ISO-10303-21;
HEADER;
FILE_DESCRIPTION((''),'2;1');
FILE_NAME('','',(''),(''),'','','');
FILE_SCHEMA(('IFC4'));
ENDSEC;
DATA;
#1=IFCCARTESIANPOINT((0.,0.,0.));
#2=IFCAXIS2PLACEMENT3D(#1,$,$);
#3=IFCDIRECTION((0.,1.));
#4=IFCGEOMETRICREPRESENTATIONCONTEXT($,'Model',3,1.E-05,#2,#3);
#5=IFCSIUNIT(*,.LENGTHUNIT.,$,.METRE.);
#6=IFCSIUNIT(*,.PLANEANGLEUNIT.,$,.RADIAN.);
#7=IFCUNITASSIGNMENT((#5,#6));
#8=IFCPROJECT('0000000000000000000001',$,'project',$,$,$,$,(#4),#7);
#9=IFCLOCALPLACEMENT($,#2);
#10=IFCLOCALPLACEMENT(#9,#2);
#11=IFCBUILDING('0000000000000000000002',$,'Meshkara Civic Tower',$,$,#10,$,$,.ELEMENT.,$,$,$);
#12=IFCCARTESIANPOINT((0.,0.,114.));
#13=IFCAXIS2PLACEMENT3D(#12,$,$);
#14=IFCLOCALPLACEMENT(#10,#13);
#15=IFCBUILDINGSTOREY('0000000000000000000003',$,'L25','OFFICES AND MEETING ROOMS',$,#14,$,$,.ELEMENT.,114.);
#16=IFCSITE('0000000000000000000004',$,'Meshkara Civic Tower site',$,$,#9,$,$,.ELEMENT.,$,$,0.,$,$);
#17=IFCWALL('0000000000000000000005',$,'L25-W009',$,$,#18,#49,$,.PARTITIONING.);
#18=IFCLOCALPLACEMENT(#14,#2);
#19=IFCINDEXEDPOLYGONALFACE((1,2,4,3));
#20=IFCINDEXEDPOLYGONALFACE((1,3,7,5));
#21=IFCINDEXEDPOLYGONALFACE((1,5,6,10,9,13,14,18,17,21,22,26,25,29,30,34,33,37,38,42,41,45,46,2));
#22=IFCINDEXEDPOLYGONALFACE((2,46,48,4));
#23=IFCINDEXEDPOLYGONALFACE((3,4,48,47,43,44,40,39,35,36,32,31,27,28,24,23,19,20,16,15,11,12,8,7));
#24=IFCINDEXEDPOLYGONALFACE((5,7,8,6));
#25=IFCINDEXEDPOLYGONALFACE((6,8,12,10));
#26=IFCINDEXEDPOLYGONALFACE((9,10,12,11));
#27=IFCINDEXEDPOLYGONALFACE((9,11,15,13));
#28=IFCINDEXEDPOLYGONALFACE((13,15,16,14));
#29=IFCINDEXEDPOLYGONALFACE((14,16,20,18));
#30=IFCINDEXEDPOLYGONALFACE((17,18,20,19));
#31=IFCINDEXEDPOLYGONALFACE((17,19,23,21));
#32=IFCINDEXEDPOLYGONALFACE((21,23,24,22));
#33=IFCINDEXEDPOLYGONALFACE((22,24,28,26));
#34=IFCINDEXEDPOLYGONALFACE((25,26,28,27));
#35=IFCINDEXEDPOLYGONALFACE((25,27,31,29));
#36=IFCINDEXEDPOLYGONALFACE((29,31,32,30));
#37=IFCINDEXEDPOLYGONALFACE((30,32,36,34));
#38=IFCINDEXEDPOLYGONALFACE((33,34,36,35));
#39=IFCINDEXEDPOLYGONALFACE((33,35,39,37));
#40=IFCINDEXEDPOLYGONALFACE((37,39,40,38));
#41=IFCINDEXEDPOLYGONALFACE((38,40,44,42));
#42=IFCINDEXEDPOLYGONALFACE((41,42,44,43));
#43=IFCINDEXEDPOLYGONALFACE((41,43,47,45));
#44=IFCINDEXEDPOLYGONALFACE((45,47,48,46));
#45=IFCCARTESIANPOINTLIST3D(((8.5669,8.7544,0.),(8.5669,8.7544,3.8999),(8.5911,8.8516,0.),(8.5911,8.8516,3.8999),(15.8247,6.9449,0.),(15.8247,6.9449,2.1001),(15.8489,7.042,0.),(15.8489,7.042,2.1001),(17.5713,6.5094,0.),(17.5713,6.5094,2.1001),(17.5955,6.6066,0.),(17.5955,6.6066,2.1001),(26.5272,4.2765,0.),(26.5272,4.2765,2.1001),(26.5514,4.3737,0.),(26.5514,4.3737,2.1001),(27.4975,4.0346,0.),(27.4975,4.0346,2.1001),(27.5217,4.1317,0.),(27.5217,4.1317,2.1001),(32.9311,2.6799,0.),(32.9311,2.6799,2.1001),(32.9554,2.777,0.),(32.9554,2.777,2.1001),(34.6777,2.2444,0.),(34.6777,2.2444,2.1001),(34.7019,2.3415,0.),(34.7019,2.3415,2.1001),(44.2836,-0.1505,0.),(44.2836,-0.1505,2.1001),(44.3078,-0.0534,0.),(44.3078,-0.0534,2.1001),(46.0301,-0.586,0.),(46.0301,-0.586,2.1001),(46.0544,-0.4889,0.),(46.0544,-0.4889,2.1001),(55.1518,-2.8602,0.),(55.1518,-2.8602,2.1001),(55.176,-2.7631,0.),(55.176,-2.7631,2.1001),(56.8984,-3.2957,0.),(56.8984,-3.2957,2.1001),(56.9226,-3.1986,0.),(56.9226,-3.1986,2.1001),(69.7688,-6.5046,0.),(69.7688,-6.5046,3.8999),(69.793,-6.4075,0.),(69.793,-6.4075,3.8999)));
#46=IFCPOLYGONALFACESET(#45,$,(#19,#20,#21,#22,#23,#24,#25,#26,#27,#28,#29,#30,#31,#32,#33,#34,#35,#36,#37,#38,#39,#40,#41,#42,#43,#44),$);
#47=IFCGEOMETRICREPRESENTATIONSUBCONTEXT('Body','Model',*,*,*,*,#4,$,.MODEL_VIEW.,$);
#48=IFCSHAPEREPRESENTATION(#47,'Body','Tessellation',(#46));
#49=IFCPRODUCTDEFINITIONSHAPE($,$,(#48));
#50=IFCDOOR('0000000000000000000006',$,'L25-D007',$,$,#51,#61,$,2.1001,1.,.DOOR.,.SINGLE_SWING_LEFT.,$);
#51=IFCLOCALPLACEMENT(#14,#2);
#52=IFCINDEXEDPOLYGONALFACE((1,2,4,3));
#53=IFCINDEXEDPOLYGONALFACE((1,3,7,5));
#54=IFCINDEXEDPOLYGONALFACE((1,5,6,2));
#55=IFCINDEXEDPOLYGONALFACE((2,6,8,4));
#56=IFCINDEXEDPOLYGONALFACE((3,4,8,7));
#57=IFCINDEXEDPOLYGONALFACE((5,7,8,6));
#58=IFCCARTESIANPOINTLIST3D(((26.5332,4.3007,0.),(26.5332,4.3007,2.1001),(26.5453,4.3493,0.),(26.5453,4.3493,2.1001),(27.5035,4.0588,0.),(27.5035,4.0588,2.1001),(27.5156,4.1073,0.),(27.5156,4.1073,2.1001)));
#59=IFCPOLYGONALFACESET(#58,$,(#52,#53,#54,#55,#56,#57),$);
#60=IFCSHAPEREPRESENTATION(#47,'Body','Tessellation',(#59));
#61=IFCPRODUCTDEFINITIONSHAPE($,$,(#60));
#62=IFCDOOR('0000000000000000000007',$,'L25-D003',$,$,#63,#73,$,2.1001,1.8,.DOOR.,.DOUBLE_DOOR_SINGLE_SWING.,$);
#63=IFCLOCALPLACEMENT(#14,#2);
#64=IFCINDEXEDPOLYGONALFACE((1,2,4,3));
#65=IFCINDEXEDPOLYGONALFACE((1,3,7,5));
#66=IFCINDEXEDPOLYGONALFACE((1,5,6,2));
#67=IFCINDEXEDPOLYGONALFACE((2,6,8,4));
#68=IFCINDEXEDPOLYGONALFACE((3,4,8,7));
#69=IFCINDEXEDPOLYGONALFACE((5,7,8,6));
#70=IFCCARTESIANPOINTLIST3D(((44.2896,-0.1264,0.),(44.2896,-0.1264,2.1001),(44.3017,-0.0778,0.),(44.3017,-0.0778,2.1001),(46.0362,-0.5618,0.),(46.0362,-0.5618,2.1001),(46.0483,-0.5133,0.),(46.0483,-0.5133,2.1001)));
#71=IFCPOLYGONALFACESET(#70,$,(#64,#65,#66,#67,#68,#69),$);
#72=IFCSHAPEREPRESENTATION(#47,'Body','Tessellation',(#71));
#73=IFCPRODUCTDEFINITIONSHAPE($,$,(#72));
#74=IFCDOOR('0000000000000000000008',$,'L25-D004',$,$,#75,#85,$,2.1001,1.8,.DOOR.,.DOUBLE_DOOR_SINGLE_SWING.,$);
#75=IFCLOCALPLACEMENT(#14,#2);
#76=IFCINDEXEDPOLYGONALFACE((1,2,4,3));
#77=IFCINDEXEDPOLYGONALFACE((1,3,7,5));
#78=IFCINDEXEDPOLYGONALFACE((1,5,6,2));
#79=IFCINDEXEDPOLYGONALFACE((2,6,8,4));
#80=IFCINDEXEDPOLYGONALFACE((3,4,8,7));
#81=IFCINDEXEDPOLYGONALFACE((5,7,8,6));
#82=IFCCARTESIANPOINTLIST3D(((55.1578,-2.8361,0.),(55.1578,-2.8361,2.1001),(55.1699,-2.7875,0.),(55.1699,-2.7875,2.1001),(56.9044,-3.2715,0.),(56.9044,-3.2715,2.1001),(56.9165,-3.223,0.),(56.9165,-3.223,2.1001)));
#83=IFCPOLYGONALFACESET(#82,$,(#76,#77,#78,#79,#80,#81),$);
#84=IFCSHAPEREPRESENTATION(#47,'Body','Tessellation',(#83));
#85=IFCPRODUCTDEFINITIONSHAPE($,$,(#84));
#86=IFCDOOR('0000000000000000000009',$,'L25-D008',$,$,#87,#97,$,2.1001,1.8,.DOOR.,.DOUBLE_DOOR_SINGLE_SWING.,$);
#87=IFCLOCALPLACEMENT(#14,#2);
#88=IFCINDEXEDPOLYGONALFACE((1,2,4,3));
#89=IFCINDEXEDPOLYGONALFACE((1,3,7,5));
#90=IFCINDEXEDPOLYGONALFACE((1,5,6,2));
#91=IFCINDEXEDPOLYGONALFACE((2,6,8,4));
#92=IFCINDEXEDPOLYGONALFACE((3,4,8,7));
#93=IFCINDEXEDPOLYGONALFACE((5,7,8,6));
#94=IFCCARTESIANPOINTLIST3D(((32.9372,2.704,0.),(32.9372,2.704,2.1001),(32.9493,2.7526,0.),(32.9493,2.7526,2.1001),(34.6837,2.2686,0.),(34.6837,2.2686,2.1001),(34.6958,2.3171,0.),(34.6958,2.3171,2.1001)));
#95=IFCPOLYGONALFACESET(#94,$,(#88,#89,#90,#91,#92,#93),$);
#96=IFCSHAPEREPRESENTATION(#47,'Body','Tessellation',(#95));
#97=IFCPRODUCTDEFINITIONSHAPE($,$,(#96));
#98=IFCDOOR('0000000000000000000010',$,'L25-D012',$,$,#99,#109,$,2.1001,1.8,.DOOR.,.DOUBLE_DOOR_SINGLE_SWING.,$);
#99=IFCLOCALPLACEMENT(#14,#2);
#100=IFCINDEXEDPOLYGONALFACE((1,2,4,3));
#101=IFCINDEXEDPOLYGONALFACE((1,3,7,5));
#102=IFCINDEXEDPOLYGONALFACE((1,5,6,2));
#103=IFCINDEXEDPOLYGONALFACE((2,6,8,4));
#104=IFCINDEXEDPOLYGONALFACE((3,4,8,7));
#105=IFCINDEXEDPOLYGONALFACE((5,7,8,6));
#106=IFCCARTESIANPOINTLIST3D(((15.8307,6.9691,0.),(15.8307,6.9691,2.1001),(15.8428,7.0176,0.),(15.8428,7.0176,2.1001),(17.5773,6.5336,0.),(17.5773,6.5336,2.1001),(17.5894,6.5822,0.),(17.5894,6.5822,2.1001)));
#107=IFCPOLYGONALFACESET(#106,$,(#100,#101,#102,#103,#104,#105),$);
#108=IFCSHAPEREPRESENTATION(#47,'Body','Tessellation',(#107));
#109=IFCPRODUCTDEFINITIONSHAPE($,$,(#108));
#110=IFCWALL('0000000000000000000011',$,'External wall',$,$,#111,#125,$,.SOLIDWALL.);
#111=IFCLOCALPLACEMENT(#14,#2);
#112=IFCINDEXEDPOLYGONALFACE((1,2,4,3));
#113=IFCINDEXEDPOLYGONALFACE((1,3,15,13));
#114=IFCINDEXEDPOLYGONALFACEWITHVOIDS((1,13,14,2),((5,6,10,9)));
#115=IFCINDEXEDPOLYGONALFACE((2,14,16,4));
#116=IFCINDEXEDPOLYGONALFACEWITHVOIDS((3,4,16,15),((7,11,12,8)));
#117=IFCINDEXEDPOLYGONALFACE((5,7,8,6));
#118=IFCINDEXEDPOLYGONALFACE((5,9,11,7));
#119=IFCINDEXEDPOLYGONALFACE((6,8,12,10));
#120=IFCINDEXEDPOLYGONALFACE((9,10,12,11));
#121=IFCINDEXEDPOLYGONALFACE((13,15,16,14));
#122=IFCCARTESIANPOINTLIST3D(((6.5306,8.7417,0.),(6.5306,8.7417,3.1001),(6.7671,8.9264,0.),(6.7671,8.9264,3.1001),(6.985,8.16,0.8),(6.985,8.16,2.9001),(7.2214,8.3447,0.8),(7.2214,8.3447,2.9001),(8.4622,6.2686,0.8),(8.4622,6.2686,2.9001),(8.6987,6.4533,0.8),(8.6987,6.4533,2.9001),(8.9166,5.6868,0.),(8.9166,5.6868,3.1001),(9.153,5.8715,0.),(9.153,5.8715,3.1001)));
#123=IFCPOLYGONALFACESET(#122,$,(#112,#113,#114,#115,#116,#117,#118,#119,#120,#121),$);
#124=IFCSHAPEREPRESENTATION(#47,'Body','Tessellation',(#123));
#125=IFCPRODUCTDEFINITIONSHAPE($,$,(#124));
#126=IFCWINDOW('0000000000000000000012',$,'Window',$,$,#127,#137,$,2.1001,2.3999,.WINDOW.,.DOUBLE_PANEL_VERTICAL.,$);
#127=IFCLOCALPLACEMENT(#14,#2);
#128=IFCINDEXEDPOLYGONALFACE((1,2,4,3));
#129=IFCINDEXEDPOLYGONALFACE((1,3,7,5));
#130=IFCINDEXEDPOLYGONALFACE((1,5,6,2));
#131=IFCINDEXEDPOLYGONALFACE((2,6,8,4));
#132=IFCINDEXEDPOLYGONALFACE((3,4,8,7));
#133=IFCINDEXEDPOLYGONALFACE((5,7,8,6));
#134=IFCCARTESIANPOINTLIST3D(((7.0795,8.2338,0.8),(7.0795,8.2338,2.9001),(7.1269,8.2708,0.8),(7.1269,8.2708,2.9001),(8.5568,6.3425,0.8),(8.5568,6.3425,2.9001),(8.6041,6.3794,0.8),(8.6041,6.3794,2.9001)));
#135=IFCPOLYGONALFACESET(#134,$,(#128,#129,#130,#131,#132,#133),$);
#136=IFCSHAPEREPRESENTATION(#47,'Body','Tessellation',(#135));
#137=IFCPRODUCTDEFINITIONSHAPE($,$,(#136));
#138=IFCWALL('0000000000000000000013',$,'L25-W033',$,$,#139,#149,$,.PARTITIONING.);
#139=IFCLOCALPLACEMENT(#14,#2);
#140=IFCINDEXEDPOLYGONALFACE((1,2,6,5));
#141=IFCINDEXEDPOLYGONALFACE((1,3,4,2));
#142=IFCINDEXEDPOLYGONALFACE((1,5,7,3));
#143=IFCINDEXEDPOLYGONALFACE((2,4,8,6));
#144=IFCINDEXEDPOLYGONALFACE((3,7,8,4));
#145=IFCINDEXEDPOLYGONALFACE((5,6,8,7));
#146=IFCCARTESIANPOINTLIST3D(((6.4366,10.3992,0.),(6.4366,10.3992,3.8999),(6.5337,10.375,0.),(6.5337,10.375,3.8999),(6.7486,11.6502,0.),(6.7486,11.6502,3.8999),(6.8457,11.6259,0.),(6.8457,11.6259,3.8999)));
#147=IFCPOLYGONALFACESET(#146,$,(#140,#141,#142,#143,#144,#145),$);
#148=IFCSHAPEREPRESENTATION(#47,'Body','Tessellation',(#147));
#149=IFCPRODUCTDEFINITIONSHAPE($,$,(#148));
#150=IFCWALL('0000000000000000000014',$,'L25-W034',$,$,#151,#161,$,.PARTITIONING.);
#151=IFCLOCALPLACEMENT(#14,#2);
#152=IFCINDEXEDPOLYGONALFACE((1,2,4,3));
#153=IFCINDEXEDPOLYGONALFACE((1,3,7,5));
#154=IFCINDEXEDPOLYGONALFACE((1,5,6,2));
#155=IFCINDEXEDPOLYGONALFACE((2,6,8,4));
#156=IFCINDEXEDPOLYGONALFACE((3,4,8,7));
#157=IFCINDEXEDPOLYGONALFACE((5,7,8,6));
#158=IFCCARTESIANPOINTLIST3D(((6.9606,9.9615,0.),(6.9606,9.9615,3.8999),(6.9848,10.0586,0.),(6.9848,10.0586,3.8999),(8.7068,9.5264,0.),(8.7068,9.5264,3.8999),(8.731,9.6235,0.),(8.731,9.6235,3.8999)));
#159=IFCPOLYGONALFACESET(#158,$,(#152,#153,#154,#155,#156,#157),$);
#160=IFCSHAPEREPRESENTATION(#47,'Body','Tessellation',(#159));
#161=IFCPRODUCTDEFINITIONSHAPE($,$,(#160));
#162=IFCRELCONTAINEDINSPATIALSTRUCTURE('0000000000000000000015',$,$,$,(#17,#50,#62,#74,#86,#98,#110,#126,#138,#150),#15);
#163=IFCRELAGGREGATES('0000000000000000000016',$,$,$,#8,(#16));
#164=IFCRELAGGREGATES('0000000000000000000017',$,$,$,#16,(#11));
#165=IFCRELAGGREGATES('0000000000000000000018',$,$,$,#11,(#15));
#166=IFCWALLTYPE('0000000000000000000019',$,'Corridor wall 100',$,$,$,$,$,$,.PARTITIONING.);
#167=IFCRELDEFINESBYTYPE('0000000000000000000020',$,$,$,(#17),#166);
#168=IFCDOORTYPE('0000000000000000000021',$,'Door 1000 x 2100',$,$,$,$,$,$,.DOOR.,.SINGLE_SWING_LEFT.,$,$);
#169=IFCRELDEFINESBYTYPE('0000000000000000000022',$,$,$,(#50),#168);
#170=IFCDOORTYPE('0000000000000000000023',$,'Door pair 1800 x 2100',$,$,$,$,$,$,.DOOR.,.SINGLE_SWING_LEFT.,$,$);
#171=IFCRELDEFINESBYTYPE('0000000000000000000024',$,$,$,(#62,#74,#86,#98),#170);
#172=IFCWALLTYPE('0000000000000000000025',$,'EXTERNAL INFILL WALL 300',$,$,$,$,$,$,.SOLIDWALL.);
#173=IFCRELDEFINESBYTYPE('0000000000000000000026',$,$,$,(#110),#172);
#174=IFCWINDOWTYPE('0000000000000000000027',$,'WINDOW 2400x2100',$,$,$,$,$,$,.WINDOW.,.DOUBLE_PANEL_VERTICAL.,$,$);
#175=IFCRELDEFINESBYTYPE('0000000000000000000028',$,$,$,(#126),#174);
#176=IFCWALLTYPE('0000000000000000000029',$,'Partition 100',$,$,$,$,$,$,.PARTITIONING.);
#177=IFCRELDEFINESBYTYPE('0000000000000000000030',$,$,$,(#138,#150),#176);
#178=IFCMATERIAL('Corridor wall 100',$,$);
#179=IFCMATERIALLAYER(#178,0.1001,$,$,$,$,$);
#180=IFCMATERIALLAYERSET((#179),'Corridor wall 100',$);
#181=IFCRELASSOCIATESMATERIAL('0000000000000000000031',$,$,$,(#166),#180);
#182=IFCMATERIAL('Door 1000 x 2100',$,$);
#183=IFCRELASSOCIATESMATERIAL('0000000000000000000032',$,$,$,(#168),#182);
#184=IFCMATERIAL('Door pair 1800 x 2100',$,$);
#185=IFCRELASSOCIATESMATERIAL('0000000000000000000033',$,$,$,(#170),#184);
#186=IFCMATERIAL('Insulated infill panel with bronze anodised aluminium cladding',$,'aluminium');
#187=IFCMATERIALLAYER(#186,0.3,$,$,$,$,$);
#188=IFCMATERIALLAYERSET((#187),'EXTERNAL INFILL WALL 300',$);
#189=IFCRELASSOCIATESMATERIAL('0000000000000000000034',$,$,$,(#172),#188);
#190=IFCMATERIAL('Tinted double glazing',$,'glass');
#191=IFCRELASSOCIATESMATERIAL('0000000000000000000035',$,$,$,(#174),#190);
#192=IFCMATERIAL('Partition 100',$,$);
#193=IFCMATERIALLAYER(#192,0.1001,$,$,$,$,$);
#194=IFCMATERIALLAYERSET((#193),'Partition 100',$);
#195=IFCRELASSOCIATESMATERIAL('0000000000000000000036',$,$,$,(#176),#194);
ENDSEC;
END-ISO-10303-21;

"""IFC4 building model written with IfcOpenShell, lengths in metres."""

from ifc_helpers import new_model, si_unit, direction, frame, frame_2d, origin, place, context, subcontext, project, spatial, rectangle, extrude, material, layer, layer_set, type_object, element, fill, save


model = new_model("IFC4")

# Units and contexts
model_context = context("Model", 3, precision=1e-05, world=origin(), true_north=direction((0.0, 1.0)))
body_context = subcontext(model_context, "Body", "Model", "MODEL_VIEW")
ifc_project = project(units=[si_unit("LENGTHUNIT", "METRE"), si_unit("PLANEANGLEUNIT", "RADIAN")], contexts=[model_context])

# Site, building, storey
site_placement = place(None, origin())
site = spatial("IfcSite", under=ifc_project, at=site_placement, Name="Meshkara Civic Tower site", CompositionType="ELEMENT", RefElevation=0.0)
building_placement = place(site_placement, origin())
building = spatial("IfcBuilding", under=site, at=building_placement, Name="Meshkara Civic Tower", CompositionType="ELEMENT")
storey_placement = place(building_placement, frame((0.0, 0.0, 114.0)))
storey = spatial("IfcBuildingStorey", under=building, at=storey_placement, Name="L25", Description="OFFICES AND MEETING ROOMS", CompositionType="ELEMENT", Elevation=114.0)

# Shared definitions
ifc_material_1 = material(Name="Corridor wall 100")
ifc_layer_1 = layer(ifc_material_1, 0.1001)
ifc_layer_set_1 = layer_set([ifc_layer_1], Name="Corridor wall 100")
wall_type_1 = type_object("IfcWallType", Name="Corridor wall 100", PredefinedType="PARTITIONING", material=ifc_layer_set_1)

# Shared definitions
ifc_material_2 = material(Name="Door 1000 x 2100")
door_type_1 = type_object("IfcDoorType", Name="Door 1000 x 2100", OperationType="SINGLE_SWING_LEFT", PredefinedType="DOOR", material=ifc_material_2)

# Wall, openings, doors
wall_1_placement = place(storey_placement, frame((8.5791, 8.803, 0.0), z_axis=(0.0, 0.0, 1.0), x_axis=(0.970297, -0.241917, 0.0)))
wall_1 = element("IfcWall", 1, at=wall_1_placement, inside=storey, type_object=wall_type_1, Name="L25-W009", PredefinedType="PARTITIONING", context=body_context, shape_type="SweptSolid", body=[
    extrude(rectangle(XDim=63.0754, YDim=0.1001, at=frame_2d((31.5376, 0.0))), origin(), (0.0, 0.0, 1.0), 3.8999),
])
opening_1_placement = place(wall_1_placement, frame((36.8101, 0.0, 0.0)))
opening_1 = element("IfcOpeningElement", 2, at=opening_1_placement, cuts=wall_1, PredefinedType="OPENING", context=body_context, shape_type="SweptSolid", body=[
    extrude(rectangle(XDim=1.8, YDim=2.1001, at=frame_2d((0.8999, 1.05))), frame((0.0, 0.0601, 0.0), z_axis=(0.0, -1.0, 0.0), x_axis=(1.0, 0.0, 0.0)), (0.0, 0.0, 1.0), 0.1201),
])
opening_2_placement = place(wall_1_placement, frame((48.011, 0.0, 0.0)))
opening_2 = element("IfcOpeningElement", 3, at=opening_2_placement, cuts=wall_1, PredefinedType="OPENING", context=body_context, shape_type="SweptSolid", body=[
    extrude(rectangle(XDim=1.8, YDim=2.1001, at=frame_2d((0.8999, 1.05))), frame((0.0, 0.0601, 0.0), z_axis=(0.0, -1.0, 0.0), x_axis=(1.0, 0.0, 0.0)), (0.0, 0.0, 1.0), 0.1201),
])
opening_3_placement = place(wall_1_placement, frame((18.51, 0.0, 0.0)))
opening_3 = element("IfcOpeningElement", 4, at=opening_3_placement, cuts=wall_1, PredefinedType="OPENING", context=body_context, shape_type="SweptSolid", body=[
    extrude(rectangle(XDim=1.0, YDim=2.1001, at=frame_2d((0.5, 1.05))), frame((0.0, 0.0601, 0.0), z_axis=(0.0, -1.0, 0.0), x_axis=(1.0, 0.0, 0.0)), (0.0, 0.0, 1.0), 0.1201),
])
opening_4_placement = place(wall_1_placement, frame((25.1101, 0.0, 0.0)))
opening_4 = element("IfcOpeningElement", 5, at=opening_4_placement, cuts=wall_1, PredefinedType="OPENING", context=body_context, shape_type="SweptSolid", body=[
    extrude(rectangle(XDim=1.8, YDim=2.1001, at=frame_2d((0.8999, 1.05))), frame((0.0, 0.0601, 0.0), z_axis=(0.0, -1.0, 0.0), x_axis=(1.0, 0.0, 0.0)), (0.0, 0.0, 1.0), 0.1201),
])
opening_5_placement = place(wall_1_placement, frame((7.48, 0.0, 0.0)))
opening_5 = element("IfcOpeningElement", 6, at=opening_5_placement, cuts=wall_1, PredefinedType="OPENING", context=body_context, shape_type="SweptSolid", body=[
    extrude(rectangle(XDim=1.8, YDim=2.1001, at=frame_2d((0.8999, 1.05))), frame((0.0, 0.0601, 0.0), z_axis=(0.0, -1.0, 0.0), x_axis=(1.0, 0.0, 0.0)), (0.0, 0.0, 1.0), 0.1201),
])
door_1_placement = place(opening_3_placement, origin())
door_1 = element("IfcDoor", 7, at=door_1_placement, inside=storey, type_object=door_type_1, Name="L25-D007", OperationType="SINGLE_SWING_LEFT", OverallHeight=2.1001, OverallWidth=1.0, PredefinedType="DOOR", context=body_context, shape_type="SweptSolid", body=[
    extrude(rectangle(XDim=1.0, YDim=2.1001, at=frame_2d((0.5, 1.05))), frame((0.0, 0.0249, 0.0), z_axis=(0.0, -1.0, 0.0), x_axis=(1.0, 0.0, 0.0)), (0.0, 0.0, 1.0), 0.05),
])
fill(opening_3, door_1)
ifc_material_3 = material(Name="Door pair 1800 x 2100")
door_type_2 = type_object("IfcDoorType", Name="Door pair 1800 x 2100", OperationType="SINGLE_SWING_LEFT", PredefinedType="DOOR", material=ifc_material_3)
door_2_placement = place(opening_1_placement, origin())
door_2 = element("IfcDoor", 8, at=door_2_placement, inside=storey, type_object=door_type_2, Name="L25-D003", OperationType="DOUBLE_DOOR_SINGLE_SWING", OverallHeight=2.1001, OverallWidth=1.8, PredefinedType="DOOR", context=body_context, shape_type="SweptSolid", body=[
    extrude(rectangle(XDim=1.8, YDim=2.1001, at=frame_2d((0.8999, 1.05))), frame((0.0, 0.0249, 0.0), z_axis=(0.0, -1.0, 0.0), x_axis=(1.0, 0.0, 0.0)), (0.0, 0.0, 1.0), 0.05),
])
fill(opening_1, door_2)
door_3_placement = place(opening_2_placement, origin())
door_3 = element("IfcDoor", 9, at=door_3_placement, inside=storey, type_object=door_type_2, Name="L25-D004", OperationType="DOUBLE_DOOR_SINGLE_SWING", OverallHeight=2.1001, OverallWidth=1.8, PredefinedType="DOOR", context=body_context, shape_type="SweptSolid", body=[
    extrude(rectangle(XDim=1.8, YDim=2.1001, at=frame_2d((0.8999, 1.05))), frame((0.0, 0.0249, 0.0), z_axis=(0.0, -1.0, 0.0), x_axis=(1.0, 0.0, 0.0)), (0.0, 0.0, 1.0), 0.05),
])
fill(opening_2, door_3)
door_4_placement = place(opening_4_placement, origin())
door_4 = element("IfcDoor", 10, at=door_4_placement, inside=storey, type_object=door_type_2, Name="L25-D008", OperationType="DOUBLE_DOOR_SINGLE_SWING", OverallHeight=2.1001, OverallWidth=1.8, PredefinedType="DOOR", context=body_context, shape_type="SweptSolid", body=[
    extrude(rectangle(XDim=1.8, YDim=2.1001, at=frame_2d((0.8999, 1.05))), frame((0.0, 0.0249, 0.0), z_axis=(0.0, -1.0, 0.0), x_axis=(1.0, 0.0, 0.0)), (0.0, 0.0, 1.0), 0.05),
])
fill(opening_4, door_4)
door_5_placement = place(opening_5_placement, origin())
door_5 = element("IfcDoor", 11, at=door_5_placement, inside=storey, type_object=door_type_2, Name="L25-D012", OperationType="DOUBLE_DOOR_SINGLE_SWING", OverallHeight=2.1001, OverallWidth=1.8, PredefinedType="DOOR", context=body_context, shape_type="SweptSolid", body=[
    extrude(rectangle(XDim=1.8, YDim=2.1001, at=frame_2d((0.8999, 1.05))), frame((0.0, 0.0249, 0.0), z_axis=(0.0, -1.0, 0.0), x_axis=(1.0, 0.0, 0.0)), (0.0, 0.0, 1.0), 0.05),
])
fill(opening_5, door_5)

# Wall, opening, window
ifc_material_4 = material(Name="Insulated infill panel with bronze anodised aluminium cladding", Category="aluminium")
ifc_layer_2 = layer(ifc_material_4, 0.3)
ifc_layer_set_2 = layer_set([ifc_layer_2], Name="EXTERNAL INFILL WALL 300")
wall_type_2 = type_object("IfcWallType", Name="EXTERNAL INFILL WALL 300", PredefinedType="SOLIDWALL", material=ifc_layer_set_2)
wall_2_placement = place(storey_placement, frame((6.6489, 8.834, 0.0), z_axis=(0.0, 0.0, 1.0), x_axis=(0.615535, -0.788109, 0.0)))
wall_2 = element("IfcWall", 12, at=wall_2_placement, inside=storey, type_object=wall_type_2, Name="External wall", PredefinedType="SOLIDWALL", context=body_context, shape_type="SweptSolid", body=[
    extrude(rectangle(XDim=3.8762, YDim=0.3, at=frame_2d((1.938, 0.0))), origin(), (0.0, 0.0, 1.0), 3.1001),
])
opening_6_placement = place(wall_2_placement, frame((0.738, 0.0, 0.8)))
opening_6 = element("IfcOpeningElement", 13, at=opening_6_placement, cuts=wall_2, PredefinedType="OPENING", context=body_context, shape_type="SweptSolid", body=[
    extrude(rectangle(XDim=2.3999, YDim=2.1001, at=frame_2d((1.2, 1.05))), frame((0.0, 0.1599, 0.0), z_axis=(0.0, -1.0, 0.0), x_axis=(1.0, 0.0, 0.0)), (0.0, 0.0, 1.0), 0.3201),
])
ifc_material_5 = material(Name="Tinted double glazing", Category="glass")
window_type = type_object("IfcWindowType", Name="WINDOW 2400x2100", PartitioningType="DOUBLE_PANEL_VERTICAL", PredefinedType="WINDOW", material=ifc_material_5)
window_placement = place(opening_6_placement, origin())
window = element("IfcWindow", 14, at=window_placement, inside=storey, type_object=window_type, Name="Window", OverallHeight=2.1001, OverallWidth=2.3999, PartitioningType="DOUBLE_PANEL_VERTICAL", PredefinedType="WINDOW", context=body_context, shape_type="SweptSolid", body=[
    extrude(rectangle(XDim=2.3999, YDim=2.1001, at=frame_2d((1.2, 1.05))), frame((0.0, 0.03, 0.0), z_axis=(0.0, -1.0, 0.0), x_axis=(1.0, 0.0, 0.0)), (0.0, 0.0, 1.0), 0.0601),
])
fill(opening_6, window)

# Walls
ifc_material_6 = material(Name="Partition 100")
ifc_layer_3 = layer(ifc_material_6, 0.1001)
ifc_layer_set_3 = layer_set([ifc_layer_3], Name="Partition 100")
wall_type_3 = type_object("IfcWallType", Name="Partition 100", PredefinedType="PARTITIONING", material=ifc_layer_set_3)
wall_3_placement = place(storey_placement, frame((6.7971, 11.6379, 0.0), z_axis=(0.0, 0.0, 1.0), x_axis=(-0.242001, -0.970276, 0.0)))
element("IfcWall", 15, at=wall_3_placement, inside=storey, type_object=wall_type_3, Name="L25-W033", PredefinedType="PARTITIONING", context=body_context, shape_type="SweptSolid", body=[
    extrude(rectangle(XDim=1.2893, YDim=0.1001, at=frame_2d((0.6445, 0.0))), origin(), (0.0, 0.0, 1.0), 3.8999),
])
wall_4_placement = place(storey_placement, frame((8.719, 9.575, 0.0), z_axis=(0.0, 0.0, 1.0), x_axis=(-0.970334, 0.241769, 0.0)))
element("IfcWall", 16, at=wall_4_placement, inside=storey, type_object=wall_type_3, Name="L25-W034", PredefinedType="PARTITIONING", context=body_context, shape_type="SweptSolid", body=[
    extrude(rectangle(XDim=1.7996, YDim=0.1001, at=frame_2d((0.8999, 0.0))), origin(), (0.0, 0.0, 1.0), 3.8999),
])

save(model, "model.ifc")
